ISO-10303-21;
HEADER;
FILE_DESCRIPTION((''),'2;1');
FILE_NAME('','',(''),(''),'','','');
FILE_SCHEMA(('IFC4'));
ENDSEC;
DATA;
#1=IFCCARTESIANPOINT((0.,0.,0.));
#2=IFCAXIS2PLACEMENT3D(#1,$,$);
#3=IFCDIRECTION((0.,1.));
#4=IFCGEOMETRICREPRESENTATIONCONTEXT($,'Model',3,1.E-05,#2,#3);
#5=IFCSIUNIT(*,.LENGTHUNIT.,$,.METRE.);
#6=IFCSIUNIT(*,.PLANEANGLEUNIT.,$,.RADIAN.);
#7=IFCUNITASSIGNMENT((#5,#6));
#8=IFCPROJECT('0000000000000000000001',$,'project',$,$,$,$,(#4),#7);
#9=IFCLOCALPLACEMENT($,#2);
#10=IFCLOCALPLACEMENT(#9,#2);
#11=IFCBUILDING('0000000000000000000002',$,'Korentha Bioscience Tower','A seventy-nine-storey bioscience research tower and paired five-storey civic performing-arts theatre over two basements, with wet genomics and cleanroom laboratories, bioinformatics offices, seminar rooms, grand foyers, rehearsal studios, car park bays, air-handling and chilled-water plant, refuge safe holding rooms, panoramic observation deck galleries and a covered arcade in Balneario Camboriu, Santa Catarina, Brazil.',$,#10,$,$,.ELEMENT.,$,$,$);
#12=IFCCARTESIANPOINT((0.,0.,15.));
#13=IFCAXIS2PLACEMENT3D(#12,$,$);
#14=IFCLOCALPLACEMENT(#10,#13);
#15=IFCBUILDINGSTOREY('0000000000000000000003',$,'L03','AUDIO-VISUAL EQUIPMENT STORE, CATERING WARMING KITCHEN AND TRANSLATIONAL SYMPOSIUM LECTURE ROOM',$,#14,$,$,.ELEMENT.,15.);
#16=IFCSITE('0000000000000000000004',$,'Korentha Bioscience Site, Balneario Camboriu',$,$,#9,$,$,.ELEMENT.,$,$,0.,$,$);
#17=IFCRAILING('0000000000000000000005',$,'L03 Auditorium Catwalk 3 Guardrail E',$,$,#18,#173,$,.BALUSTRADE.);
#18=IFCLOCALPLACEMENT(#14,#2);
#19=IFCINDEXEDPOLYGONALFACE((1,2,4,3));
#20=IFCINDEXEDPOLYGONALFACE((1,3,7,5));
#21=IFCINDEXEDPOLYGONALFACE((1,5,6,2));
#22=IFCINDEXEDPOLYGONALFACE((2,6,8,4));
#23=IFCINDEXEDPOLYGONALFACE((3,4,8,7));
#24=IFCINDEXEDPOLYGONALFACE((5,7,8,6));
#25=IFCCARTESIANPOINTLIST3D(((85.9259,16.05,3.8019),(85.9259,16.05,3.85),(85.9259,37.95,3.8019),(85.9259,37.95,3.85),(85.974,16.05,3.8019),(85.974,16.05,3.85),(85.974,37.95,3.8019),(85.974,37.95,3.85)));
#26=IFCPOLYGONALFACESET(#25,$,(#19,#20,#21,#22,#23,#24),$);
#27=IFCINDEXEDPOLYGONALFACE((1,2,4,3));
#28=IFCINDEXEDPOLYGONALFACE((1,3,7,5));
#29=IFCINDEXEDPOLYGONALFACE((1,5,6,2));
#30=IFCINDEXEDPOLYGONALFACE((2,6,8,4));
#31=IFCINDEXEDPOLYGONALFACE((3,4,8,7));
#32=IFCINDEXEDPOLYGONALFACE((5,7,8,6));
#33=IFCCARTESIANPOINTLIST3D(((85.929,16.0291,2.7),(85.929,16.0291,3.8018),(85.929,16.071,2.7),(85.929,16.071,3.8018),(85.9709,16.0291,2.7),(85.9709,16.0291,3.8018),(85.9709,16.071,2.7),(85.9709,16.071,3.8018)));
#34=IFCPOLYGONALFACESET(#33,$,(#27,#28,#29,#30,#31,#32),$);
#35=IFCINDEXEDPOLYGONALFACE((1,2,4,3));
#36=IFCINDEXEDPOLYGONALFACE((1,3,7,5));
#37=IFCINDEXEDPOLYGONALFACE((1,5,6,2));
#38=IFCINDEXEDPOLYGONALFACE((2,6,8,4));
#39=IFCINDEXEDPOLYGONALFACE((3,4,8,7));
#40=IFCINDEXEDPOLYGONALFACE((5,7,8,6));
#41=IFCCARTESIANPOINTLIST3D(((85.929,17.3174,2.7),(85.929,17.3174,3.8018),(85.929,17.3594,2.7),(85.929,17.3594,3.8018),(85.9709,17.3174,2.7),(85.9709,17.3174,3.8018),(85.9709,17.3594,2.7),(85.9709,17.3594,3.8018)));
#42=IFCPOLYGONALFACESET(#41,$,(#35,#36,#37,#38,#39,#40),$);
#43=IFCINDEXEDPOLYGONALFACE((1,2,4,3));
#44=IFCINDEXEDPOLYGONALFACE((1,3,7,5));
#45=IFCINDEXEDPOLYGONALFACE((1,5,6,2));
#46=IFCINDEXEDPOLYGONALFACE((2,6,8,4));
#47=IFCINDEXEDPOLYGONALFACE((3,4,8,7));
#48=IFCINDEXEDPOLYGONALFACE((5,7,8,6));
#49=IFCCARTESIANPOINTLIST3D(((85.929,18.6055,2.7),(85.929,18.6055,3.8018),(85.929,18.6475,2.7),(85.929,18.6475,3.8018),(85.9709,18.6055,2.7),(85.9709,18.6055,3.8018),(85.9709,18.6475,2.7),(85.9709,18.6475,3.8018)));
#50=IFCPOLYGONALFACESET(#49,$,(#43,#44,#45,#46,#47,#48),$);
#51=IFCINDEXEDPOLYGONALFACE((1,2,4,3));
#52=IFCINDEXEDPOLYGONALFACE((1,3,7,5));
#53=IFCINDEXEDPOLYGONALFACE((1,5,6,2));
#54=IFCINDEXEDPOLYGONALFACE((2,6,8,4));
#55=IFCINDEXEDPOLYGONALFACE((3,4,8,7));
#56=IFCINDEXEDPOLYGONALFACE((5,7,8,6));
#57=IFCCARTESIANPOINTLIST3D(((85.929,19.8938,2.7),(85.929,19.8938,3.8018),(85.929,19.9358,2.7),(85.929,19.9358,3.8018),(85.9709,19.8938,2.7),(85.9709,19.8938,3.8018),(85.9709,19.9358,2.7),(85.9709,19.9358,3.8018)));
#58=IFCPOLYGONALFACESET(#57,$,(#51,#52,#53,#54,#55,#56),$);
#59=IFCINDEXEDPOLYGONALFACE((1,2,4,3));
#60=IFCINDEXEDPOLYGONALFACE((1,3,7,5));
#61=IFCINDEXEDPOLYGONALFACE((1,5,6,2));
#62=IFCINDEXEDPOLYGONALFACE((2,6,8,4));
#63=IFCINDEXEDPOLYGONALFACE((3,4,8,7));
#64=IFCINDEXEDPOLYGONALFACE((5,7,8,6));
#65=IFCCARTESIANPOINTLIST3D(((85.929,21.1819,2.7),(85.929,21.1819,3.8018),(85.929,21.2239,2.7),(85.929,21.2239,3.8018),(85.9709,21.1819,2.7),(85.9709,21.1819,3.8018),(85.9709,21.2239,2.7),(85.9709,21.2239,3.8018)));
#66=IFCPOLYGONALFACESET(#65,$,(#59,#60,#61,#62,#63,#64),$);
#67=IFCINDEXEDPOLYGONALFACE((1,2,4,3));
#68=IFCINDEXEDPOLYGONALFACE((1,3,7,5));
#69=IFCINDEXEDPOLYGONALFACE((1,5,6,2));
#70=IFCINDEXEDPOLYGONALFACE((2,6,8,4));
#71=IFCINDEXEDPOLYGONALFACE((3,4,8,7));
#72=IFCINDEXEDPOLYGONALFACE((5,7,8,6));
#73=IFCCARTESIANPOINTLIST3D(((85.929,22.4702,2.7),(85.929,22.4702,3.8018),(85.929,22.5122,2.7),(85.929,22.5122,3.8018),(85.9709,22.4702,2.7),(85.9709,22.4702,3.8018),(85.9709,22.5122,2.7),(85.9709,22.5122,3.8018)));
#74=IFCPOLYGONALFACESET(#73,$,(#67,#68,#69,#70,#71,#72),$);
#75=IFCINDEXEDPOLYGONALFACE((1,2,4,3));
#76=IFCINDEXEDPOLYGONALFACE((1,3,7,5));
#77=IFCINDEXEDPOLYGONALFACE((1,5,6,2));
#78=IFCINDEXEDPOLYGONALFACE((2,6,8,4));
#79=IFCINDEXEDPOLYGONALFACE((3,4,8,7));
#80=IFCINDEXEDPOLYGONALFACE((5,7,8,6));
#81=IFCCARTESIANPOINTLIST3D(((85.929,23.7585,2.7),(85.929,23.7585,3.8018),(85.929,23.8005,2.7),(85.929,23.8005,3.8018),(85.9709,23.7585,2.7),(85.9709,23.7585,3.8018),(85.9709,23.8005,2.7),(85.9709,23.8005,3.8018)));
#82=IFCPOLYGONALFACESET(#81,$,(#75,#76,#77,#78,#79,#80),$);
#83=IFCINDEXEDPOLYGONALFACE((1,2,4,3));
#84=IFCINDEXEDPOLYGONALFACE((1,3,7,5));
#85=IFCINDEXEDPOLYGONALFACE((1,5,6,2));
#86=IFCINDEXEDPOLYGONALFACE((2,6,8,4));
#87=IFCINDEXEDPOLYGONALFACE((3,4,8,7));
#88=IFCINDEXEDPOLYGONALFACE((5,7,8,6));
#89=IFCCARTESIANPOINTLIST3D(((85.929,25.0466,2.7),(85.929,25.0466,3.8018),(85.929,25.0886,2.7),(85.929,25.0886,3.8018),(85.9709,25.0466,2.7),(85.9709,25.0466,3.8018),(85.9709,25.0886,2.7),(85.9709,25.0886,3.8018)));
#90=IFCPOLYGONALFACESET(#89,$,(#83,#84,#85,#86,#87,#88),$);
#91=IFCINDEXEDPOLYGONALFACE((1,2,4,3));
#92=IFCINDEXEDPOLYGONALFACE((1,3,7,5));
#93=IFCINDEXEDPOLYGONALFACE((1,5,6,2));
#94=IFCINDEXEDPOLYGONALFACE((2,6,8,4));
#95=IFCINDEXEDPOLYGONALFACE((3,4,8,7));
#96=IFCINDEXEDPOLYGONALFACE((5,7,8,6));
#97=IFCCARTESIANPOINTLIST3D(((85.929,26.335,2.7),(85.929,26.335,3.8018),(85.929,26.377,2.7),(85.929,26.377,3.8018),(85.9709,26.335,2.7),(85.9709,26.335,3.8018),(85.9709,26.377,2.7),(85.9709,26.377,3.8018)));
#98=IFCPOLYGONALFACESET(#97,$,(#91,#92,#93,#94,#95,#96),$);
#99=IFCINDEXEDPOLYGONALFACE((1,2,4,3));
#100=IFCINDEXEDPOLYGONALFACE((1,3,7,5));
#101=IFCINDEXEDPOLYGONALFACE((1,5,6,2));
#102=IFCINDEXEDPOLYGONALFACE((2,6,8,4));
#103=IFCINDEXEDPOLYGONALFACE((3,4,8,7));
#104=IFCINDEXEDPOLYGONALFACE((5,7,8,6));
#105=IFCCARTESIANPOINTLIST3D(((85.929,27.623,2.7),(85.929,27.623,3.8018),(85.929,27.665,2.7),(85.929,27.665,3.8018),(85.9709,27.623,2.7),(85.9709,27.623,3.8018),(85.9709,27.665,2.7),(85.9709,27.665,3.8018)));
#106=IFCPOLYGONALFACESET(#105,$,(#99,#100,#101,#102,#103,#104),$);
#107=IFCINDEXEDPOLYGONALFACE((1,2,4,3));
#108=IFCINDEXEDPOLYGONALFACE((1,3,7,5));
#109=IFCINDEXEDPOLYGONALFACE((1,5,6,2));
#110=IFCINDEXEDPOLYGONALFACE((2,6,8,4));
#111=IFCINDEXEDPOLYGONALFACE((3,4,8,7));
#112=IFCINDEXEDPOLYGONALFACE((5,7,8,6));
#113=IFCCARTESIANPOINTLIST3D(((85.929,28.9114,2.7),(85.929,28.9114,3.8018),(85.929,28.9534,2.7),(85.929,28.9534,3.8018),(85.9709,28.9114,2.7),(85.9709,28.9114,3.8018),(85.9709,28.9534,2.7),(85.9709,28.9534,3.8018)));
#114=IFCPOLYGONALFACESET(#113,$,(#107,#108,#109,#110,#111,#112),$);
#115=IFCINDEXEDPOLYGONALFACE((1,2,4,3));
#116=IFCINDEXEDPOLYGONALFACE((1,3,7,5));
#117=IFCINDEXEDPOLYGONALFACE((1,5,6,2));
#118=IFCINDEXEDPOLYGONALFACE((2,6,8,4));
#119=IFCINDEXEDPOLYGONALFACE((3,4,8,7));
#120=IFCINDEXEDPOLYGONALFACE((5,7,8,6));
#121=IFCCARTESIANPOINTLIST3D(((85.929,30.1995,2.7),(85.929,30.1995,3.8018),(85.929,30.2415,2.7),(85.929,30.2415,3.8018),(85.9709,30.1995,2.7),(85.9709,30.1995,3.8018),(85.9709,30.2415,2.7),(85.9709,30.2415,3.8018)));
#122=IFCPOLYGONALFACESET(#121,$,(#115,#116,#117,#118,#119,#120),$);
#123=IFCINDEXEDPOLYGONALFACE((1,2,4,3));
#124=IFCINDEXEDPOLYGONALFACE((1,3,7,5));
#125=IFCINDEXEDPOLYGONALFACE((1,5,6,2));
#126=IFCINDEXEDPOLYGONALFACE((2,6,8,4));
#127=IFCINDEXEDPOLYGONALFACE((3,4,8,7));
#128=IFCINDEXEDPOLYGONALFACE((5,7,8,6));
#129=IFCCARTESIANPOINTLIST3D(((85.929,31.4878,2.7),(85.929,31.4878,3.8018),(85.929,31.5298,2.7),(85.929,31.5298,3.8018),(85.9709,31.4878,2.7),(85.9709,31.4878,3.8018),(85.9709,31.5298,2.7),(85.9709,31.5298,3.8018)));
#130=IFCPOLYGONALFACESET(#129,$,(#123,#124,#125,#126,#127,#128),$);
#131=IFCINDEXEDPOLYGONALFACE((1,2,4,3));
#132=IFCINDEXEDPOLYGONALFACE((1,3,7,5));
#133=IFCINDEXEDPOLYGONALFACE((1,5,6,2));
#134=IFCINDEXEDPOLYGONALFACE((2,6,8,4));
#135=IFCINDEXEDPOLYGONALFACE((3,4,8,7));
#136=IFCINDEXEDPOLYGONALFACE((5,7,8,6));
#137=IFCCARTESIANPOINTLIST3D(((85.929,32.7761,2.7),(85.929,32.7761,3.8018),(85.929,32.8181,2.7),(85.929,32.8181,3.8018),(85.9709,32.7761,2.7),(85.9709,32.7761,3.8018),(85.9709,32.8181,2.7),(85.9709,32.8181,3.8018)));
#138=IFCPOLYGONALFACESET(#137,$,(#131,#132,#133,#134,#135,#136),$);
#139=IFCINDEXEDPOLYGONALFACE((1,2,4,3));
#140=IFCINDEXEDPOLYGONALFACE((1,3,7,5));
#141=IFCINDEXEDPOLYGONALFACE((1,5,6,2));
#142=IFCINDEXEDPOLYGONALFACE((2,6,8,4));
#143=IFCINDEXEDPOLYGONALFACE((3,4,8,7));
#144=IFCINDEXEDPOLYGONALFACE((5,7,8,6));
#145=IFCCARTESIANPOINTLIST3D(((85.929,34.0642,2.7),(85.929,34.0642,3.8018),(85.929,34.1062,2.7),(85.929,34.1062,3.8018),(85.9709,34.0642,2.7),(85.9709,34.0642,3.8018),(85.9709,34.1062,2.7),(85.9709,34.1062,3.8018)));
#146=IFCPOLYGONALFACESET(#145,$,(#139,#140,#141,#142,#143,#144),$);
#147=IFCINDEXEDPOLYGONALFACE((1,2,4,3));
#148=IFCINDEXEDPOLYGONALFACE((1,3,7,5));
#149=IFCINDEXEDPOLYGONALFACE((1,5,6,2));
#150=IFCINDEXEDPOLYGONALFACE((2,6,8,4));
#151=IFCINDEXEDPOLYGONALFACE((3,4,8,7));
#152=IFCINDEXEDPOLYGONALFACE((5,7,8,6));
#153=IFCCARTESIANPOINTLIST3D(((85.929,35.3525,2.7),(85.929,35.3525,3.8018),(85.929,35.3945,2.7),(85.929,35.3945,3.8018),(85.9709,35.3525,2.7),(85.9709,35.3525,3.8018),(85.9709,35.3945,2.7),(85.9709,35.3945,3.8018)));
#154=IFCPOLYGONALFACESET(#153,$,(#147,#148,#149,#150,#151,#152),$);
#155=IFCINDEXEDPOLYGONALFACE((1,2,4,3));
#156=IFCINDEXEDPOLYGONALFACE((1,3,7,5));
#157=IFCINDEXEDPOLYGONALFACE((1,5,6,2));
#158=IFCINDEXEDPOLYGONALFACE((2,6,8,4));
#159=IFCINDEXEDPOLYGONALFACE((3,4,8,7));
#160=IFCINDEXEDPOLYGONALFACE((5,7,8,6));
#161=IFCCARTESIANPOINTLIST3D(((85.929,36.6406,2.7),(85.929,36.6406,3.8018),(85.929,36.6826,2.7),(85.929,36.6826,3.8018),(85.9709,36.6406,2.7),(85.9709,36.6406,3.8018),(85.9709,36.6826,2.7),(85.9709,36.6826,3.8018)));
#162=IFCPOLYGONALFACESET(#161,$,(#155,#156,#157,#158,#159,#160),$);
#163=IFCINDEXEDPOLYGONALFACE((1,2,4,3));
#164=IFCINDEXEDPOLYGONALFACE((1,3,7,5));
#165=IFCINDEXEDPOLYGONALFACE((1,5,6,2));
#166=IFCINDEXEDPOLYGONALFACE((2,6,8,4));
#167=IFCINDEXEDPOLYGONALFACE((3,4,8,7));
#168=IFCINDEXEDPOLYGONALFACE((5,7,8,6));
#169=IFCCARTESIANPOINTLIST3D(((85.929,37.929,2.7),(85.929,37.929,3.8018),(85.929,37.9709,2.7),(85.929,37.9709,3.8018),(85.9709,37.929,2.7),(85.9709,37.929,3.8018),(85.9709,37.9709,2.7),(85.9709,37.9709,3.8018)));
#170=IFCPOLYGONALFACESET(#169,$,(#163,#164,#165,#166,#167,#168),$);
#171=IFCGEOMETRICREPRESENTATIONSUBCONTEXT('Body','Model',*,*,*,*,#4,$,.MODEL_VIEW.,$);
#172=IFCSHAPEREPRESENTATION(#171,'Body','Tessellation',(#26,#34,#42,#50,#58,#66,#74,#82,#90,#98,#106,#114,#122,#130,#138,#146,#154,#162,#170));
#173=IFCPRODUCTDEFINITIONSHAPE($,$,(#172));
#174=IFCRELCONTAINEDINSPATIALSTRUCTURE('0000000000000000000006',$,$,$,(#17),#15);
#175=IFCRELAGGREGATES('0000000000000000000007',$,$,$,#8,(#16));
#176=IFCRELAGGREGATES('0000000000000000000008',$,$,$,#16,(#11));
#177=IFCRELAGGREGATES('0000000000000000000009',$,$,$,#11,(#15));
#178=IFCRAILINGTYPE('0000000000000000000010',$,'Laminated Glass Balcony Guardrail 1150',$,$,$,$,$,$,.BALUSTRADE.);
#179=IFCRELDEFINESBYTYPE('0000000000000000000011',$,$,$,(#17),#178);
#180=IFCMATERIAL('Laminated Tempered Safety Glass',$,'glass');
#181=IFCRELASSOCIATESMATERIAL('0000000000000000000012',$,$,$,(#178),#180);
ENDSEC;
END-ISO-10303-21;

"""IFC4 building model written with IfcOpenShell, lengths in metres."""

from ifc_helpers import new_model, si_unit, direction, frame, origin, origin_2d, place, context, subcontext, project, spatial, rectangle, extrude, material, type_object, element, save


model = new_model("IFC4")

# Units and contexts
model_context = context("Model", 3, precision=1e-05, world=origin(), true_north=direction((0.0, 1.0)))
body_context = subcontext(model_context, "Body", "Model", "MODEL_VIEW")
ifc_project = project(units=[si_unit("LENGTHUNIT", "METRE"), si_unit("PLANEANGLEUNIT", "RADIAN")], contexts=[model_context])

# Site, building, storey
site_placement = place(None, origin())
site = spatial("IfcSite", under=ifc_project, at=site_placement, Name="Korentha Bioscience Site, Balneario Camboriu", CompositionType="ELEMENT", RefElevation=0.0)
building_placement = place(site_placement, origin())
building = spatial("IfcBuilding", under=site, at=building_placement, Name="Korentha Bioscience Tower", Description="A seventy-nine-storey bioscience research tower and paired five-storey civic performing-arts theatre over two basements, with wet genomics and cleanroom laboratories, bioinformatics offices, seminar rooms, grand foyers, rehearsal studios, car park bays, air-handling and chilled-water plant, refuge safe holding rooms, panoramic observation deck galleries and a covered arcade in Balneario Camboriu, Santa Catarina, Brazil.", CompositionType="ELEMENT")
storey_placement = place(building_placement, frame((0.0, 0.0, 15.0)))
storey = spatial("IfcBuildingStorey", under=building, at=storey_placement, Name="L03", Description="AUDIO-VISUAL EQUIPMENT STORE, CATERING WARMING KITCHEN AND TRANSLATIONAL SYMPOSIUM LECTURE ROOM", CompositionType="ELEMENT", Elevation=15.0)

# Railing
ifc_material_1 = material(Name="Laminated Tempered Safety Glass", Category="glass")
railing_type = type_object("IfcRailingType", Name="Laminated Glass Balcony Guardrail 1150", PredefinedType="BALUSTRADE", material=ifc_material_1)
railing_1_placement = place(storey_placement, frame((85.95, 16.05, 2.7)))
element("IfcRailing", 1, at=railing_1_placement, inside=storey, type_object=railing_type, Name="L03 Auditorium Catwalk 3 Guardrail E", PredefinedType="BALUSTRADE", context=body_context, shape_type="SweptSolid", body=[
    extrude(rectangle(XDim=0.0481, YDim=0.0481, at=origin_2d()), frame((0.0, 0.0, 1.126), z_axis=(0.0, 1.0, 0.0), x_axis=(-1.0, 0.0, 0.0)), (0.0, 0.0, 1.0), 21.8999),
    extrude(rectangle(XDim=0.042, YDim=0.042, at=origin_2d()), origin(), (0.0, 0.0, 1.0), 1.1018),
    extrude(rectangle(XDim=0.042, YDim=0.042, at=origin_2d()), frame((0.0, 1.2883, 0.0)), (0.0, 0.0, 1.0), 1.1018),
    extrude(rectangle(XDim=0.042, YDim=0.042, at=origin_2d()), frame((0.0, 2.5764, 0.0)), (0.0, 0.0, 1.0), 1.1018),
    extrude(rectangle(XDim=0.042, YDim=0.042, at=origin_2d()), frame((0.0, 3.8647, 0.0)), (0.0, 0.0, 1.0), 1.1018),
    extrude(rectangle(XDim=0.042, YDim=0.042, at=origin_2d()), frame((0.0, 5.1528, 0.0)), (0.0, 0.0, 1.0), 1.1018),
    extrude(rectangle(XDim=0.042, YDim=0.042, at=origin_2d()), frame((0.0, 6.4412, 0.0)), (0.0, 0.0, 1.0), 1.1018),
    extrude(rectangle(XDim=0.042, YDim=0.042, at=origin_2d()), frame((0.0, 7.7295, 0.0)), (0.0, 0.0, 1.0), 1.1018),
    extrude(rectangle(XDim=0.042, YDim=0.042, at=origin_2d()), frame((0.0, 9.0176, 0.0)), (0.0, 0.0, 1.0), 1.1018),
    extrude(rectangle(XDim=0.042, YDim=0.042, at=origin_2d()), frame((0.0, 10.3059, 0.0)), (0.0, 0.0, 1.0), 1.1018),
    extrude(rectangle(XDim=0.042, YDim=0.042, at=origin_2d()), frame((0.0, 11.594, 0.0)), (0.0, 0.0, 1.0), 1.1018),
    extrude(rectangle(XDim=0.042, YDim=0.042, at=origin_2d()), frame((0.0, 12.8823, 0.0)), (0.0, 0.0, 1.0), 1.1018),
    extrude(rectangle(XDim=0.042, YDim=0.042, at=origin_2d()), frame((0.0, 14.1704, 0.0)), (0.0, 0.0, 1.0), 1.1018),
    extrude(rectangle(XDim=0.042, YDim=0.042, at=origin_2d()), frame((0.0, 15.4587, 0.0)), (0.0, 0.0, 1.0), 1.1018),
    extrude(rectangle(XDim=0.042, YDim=0.042, at=origin_2d()), frame((0.0, 16.7471, 0.0)), (0.0, 0.0, 1.0), 1.1018),
    extrude(rectangle(XDim=0.042, YDim=0.042, at=origin_2d()), frame((0.0, 18.0352, 0.0)), (0.0, 0.0, 1.0), 1.1018),
    extrude(rectangle(XDim=0.042, YDim=0.042, at=origin_2d()), frame((0.0, 19.3235, 0.0)), (0.0, 0.0, 1.0), 1.1018),
    extrude(rectangle(XDim=0.042, YDim=0.042, at=origin_2d()), frame((0.0, 20.6116, 0.0)), (0.0, 0.0, 1.0), 1.1018),
    extrude(rectangle(XDim=0.042, YDim=0.042, at=origin_2d()), frame((0.0, 21.8999, 0.0)), (0.0, 0.0, 1.0), 1.1018),
])

save(model, "model.ifc")
